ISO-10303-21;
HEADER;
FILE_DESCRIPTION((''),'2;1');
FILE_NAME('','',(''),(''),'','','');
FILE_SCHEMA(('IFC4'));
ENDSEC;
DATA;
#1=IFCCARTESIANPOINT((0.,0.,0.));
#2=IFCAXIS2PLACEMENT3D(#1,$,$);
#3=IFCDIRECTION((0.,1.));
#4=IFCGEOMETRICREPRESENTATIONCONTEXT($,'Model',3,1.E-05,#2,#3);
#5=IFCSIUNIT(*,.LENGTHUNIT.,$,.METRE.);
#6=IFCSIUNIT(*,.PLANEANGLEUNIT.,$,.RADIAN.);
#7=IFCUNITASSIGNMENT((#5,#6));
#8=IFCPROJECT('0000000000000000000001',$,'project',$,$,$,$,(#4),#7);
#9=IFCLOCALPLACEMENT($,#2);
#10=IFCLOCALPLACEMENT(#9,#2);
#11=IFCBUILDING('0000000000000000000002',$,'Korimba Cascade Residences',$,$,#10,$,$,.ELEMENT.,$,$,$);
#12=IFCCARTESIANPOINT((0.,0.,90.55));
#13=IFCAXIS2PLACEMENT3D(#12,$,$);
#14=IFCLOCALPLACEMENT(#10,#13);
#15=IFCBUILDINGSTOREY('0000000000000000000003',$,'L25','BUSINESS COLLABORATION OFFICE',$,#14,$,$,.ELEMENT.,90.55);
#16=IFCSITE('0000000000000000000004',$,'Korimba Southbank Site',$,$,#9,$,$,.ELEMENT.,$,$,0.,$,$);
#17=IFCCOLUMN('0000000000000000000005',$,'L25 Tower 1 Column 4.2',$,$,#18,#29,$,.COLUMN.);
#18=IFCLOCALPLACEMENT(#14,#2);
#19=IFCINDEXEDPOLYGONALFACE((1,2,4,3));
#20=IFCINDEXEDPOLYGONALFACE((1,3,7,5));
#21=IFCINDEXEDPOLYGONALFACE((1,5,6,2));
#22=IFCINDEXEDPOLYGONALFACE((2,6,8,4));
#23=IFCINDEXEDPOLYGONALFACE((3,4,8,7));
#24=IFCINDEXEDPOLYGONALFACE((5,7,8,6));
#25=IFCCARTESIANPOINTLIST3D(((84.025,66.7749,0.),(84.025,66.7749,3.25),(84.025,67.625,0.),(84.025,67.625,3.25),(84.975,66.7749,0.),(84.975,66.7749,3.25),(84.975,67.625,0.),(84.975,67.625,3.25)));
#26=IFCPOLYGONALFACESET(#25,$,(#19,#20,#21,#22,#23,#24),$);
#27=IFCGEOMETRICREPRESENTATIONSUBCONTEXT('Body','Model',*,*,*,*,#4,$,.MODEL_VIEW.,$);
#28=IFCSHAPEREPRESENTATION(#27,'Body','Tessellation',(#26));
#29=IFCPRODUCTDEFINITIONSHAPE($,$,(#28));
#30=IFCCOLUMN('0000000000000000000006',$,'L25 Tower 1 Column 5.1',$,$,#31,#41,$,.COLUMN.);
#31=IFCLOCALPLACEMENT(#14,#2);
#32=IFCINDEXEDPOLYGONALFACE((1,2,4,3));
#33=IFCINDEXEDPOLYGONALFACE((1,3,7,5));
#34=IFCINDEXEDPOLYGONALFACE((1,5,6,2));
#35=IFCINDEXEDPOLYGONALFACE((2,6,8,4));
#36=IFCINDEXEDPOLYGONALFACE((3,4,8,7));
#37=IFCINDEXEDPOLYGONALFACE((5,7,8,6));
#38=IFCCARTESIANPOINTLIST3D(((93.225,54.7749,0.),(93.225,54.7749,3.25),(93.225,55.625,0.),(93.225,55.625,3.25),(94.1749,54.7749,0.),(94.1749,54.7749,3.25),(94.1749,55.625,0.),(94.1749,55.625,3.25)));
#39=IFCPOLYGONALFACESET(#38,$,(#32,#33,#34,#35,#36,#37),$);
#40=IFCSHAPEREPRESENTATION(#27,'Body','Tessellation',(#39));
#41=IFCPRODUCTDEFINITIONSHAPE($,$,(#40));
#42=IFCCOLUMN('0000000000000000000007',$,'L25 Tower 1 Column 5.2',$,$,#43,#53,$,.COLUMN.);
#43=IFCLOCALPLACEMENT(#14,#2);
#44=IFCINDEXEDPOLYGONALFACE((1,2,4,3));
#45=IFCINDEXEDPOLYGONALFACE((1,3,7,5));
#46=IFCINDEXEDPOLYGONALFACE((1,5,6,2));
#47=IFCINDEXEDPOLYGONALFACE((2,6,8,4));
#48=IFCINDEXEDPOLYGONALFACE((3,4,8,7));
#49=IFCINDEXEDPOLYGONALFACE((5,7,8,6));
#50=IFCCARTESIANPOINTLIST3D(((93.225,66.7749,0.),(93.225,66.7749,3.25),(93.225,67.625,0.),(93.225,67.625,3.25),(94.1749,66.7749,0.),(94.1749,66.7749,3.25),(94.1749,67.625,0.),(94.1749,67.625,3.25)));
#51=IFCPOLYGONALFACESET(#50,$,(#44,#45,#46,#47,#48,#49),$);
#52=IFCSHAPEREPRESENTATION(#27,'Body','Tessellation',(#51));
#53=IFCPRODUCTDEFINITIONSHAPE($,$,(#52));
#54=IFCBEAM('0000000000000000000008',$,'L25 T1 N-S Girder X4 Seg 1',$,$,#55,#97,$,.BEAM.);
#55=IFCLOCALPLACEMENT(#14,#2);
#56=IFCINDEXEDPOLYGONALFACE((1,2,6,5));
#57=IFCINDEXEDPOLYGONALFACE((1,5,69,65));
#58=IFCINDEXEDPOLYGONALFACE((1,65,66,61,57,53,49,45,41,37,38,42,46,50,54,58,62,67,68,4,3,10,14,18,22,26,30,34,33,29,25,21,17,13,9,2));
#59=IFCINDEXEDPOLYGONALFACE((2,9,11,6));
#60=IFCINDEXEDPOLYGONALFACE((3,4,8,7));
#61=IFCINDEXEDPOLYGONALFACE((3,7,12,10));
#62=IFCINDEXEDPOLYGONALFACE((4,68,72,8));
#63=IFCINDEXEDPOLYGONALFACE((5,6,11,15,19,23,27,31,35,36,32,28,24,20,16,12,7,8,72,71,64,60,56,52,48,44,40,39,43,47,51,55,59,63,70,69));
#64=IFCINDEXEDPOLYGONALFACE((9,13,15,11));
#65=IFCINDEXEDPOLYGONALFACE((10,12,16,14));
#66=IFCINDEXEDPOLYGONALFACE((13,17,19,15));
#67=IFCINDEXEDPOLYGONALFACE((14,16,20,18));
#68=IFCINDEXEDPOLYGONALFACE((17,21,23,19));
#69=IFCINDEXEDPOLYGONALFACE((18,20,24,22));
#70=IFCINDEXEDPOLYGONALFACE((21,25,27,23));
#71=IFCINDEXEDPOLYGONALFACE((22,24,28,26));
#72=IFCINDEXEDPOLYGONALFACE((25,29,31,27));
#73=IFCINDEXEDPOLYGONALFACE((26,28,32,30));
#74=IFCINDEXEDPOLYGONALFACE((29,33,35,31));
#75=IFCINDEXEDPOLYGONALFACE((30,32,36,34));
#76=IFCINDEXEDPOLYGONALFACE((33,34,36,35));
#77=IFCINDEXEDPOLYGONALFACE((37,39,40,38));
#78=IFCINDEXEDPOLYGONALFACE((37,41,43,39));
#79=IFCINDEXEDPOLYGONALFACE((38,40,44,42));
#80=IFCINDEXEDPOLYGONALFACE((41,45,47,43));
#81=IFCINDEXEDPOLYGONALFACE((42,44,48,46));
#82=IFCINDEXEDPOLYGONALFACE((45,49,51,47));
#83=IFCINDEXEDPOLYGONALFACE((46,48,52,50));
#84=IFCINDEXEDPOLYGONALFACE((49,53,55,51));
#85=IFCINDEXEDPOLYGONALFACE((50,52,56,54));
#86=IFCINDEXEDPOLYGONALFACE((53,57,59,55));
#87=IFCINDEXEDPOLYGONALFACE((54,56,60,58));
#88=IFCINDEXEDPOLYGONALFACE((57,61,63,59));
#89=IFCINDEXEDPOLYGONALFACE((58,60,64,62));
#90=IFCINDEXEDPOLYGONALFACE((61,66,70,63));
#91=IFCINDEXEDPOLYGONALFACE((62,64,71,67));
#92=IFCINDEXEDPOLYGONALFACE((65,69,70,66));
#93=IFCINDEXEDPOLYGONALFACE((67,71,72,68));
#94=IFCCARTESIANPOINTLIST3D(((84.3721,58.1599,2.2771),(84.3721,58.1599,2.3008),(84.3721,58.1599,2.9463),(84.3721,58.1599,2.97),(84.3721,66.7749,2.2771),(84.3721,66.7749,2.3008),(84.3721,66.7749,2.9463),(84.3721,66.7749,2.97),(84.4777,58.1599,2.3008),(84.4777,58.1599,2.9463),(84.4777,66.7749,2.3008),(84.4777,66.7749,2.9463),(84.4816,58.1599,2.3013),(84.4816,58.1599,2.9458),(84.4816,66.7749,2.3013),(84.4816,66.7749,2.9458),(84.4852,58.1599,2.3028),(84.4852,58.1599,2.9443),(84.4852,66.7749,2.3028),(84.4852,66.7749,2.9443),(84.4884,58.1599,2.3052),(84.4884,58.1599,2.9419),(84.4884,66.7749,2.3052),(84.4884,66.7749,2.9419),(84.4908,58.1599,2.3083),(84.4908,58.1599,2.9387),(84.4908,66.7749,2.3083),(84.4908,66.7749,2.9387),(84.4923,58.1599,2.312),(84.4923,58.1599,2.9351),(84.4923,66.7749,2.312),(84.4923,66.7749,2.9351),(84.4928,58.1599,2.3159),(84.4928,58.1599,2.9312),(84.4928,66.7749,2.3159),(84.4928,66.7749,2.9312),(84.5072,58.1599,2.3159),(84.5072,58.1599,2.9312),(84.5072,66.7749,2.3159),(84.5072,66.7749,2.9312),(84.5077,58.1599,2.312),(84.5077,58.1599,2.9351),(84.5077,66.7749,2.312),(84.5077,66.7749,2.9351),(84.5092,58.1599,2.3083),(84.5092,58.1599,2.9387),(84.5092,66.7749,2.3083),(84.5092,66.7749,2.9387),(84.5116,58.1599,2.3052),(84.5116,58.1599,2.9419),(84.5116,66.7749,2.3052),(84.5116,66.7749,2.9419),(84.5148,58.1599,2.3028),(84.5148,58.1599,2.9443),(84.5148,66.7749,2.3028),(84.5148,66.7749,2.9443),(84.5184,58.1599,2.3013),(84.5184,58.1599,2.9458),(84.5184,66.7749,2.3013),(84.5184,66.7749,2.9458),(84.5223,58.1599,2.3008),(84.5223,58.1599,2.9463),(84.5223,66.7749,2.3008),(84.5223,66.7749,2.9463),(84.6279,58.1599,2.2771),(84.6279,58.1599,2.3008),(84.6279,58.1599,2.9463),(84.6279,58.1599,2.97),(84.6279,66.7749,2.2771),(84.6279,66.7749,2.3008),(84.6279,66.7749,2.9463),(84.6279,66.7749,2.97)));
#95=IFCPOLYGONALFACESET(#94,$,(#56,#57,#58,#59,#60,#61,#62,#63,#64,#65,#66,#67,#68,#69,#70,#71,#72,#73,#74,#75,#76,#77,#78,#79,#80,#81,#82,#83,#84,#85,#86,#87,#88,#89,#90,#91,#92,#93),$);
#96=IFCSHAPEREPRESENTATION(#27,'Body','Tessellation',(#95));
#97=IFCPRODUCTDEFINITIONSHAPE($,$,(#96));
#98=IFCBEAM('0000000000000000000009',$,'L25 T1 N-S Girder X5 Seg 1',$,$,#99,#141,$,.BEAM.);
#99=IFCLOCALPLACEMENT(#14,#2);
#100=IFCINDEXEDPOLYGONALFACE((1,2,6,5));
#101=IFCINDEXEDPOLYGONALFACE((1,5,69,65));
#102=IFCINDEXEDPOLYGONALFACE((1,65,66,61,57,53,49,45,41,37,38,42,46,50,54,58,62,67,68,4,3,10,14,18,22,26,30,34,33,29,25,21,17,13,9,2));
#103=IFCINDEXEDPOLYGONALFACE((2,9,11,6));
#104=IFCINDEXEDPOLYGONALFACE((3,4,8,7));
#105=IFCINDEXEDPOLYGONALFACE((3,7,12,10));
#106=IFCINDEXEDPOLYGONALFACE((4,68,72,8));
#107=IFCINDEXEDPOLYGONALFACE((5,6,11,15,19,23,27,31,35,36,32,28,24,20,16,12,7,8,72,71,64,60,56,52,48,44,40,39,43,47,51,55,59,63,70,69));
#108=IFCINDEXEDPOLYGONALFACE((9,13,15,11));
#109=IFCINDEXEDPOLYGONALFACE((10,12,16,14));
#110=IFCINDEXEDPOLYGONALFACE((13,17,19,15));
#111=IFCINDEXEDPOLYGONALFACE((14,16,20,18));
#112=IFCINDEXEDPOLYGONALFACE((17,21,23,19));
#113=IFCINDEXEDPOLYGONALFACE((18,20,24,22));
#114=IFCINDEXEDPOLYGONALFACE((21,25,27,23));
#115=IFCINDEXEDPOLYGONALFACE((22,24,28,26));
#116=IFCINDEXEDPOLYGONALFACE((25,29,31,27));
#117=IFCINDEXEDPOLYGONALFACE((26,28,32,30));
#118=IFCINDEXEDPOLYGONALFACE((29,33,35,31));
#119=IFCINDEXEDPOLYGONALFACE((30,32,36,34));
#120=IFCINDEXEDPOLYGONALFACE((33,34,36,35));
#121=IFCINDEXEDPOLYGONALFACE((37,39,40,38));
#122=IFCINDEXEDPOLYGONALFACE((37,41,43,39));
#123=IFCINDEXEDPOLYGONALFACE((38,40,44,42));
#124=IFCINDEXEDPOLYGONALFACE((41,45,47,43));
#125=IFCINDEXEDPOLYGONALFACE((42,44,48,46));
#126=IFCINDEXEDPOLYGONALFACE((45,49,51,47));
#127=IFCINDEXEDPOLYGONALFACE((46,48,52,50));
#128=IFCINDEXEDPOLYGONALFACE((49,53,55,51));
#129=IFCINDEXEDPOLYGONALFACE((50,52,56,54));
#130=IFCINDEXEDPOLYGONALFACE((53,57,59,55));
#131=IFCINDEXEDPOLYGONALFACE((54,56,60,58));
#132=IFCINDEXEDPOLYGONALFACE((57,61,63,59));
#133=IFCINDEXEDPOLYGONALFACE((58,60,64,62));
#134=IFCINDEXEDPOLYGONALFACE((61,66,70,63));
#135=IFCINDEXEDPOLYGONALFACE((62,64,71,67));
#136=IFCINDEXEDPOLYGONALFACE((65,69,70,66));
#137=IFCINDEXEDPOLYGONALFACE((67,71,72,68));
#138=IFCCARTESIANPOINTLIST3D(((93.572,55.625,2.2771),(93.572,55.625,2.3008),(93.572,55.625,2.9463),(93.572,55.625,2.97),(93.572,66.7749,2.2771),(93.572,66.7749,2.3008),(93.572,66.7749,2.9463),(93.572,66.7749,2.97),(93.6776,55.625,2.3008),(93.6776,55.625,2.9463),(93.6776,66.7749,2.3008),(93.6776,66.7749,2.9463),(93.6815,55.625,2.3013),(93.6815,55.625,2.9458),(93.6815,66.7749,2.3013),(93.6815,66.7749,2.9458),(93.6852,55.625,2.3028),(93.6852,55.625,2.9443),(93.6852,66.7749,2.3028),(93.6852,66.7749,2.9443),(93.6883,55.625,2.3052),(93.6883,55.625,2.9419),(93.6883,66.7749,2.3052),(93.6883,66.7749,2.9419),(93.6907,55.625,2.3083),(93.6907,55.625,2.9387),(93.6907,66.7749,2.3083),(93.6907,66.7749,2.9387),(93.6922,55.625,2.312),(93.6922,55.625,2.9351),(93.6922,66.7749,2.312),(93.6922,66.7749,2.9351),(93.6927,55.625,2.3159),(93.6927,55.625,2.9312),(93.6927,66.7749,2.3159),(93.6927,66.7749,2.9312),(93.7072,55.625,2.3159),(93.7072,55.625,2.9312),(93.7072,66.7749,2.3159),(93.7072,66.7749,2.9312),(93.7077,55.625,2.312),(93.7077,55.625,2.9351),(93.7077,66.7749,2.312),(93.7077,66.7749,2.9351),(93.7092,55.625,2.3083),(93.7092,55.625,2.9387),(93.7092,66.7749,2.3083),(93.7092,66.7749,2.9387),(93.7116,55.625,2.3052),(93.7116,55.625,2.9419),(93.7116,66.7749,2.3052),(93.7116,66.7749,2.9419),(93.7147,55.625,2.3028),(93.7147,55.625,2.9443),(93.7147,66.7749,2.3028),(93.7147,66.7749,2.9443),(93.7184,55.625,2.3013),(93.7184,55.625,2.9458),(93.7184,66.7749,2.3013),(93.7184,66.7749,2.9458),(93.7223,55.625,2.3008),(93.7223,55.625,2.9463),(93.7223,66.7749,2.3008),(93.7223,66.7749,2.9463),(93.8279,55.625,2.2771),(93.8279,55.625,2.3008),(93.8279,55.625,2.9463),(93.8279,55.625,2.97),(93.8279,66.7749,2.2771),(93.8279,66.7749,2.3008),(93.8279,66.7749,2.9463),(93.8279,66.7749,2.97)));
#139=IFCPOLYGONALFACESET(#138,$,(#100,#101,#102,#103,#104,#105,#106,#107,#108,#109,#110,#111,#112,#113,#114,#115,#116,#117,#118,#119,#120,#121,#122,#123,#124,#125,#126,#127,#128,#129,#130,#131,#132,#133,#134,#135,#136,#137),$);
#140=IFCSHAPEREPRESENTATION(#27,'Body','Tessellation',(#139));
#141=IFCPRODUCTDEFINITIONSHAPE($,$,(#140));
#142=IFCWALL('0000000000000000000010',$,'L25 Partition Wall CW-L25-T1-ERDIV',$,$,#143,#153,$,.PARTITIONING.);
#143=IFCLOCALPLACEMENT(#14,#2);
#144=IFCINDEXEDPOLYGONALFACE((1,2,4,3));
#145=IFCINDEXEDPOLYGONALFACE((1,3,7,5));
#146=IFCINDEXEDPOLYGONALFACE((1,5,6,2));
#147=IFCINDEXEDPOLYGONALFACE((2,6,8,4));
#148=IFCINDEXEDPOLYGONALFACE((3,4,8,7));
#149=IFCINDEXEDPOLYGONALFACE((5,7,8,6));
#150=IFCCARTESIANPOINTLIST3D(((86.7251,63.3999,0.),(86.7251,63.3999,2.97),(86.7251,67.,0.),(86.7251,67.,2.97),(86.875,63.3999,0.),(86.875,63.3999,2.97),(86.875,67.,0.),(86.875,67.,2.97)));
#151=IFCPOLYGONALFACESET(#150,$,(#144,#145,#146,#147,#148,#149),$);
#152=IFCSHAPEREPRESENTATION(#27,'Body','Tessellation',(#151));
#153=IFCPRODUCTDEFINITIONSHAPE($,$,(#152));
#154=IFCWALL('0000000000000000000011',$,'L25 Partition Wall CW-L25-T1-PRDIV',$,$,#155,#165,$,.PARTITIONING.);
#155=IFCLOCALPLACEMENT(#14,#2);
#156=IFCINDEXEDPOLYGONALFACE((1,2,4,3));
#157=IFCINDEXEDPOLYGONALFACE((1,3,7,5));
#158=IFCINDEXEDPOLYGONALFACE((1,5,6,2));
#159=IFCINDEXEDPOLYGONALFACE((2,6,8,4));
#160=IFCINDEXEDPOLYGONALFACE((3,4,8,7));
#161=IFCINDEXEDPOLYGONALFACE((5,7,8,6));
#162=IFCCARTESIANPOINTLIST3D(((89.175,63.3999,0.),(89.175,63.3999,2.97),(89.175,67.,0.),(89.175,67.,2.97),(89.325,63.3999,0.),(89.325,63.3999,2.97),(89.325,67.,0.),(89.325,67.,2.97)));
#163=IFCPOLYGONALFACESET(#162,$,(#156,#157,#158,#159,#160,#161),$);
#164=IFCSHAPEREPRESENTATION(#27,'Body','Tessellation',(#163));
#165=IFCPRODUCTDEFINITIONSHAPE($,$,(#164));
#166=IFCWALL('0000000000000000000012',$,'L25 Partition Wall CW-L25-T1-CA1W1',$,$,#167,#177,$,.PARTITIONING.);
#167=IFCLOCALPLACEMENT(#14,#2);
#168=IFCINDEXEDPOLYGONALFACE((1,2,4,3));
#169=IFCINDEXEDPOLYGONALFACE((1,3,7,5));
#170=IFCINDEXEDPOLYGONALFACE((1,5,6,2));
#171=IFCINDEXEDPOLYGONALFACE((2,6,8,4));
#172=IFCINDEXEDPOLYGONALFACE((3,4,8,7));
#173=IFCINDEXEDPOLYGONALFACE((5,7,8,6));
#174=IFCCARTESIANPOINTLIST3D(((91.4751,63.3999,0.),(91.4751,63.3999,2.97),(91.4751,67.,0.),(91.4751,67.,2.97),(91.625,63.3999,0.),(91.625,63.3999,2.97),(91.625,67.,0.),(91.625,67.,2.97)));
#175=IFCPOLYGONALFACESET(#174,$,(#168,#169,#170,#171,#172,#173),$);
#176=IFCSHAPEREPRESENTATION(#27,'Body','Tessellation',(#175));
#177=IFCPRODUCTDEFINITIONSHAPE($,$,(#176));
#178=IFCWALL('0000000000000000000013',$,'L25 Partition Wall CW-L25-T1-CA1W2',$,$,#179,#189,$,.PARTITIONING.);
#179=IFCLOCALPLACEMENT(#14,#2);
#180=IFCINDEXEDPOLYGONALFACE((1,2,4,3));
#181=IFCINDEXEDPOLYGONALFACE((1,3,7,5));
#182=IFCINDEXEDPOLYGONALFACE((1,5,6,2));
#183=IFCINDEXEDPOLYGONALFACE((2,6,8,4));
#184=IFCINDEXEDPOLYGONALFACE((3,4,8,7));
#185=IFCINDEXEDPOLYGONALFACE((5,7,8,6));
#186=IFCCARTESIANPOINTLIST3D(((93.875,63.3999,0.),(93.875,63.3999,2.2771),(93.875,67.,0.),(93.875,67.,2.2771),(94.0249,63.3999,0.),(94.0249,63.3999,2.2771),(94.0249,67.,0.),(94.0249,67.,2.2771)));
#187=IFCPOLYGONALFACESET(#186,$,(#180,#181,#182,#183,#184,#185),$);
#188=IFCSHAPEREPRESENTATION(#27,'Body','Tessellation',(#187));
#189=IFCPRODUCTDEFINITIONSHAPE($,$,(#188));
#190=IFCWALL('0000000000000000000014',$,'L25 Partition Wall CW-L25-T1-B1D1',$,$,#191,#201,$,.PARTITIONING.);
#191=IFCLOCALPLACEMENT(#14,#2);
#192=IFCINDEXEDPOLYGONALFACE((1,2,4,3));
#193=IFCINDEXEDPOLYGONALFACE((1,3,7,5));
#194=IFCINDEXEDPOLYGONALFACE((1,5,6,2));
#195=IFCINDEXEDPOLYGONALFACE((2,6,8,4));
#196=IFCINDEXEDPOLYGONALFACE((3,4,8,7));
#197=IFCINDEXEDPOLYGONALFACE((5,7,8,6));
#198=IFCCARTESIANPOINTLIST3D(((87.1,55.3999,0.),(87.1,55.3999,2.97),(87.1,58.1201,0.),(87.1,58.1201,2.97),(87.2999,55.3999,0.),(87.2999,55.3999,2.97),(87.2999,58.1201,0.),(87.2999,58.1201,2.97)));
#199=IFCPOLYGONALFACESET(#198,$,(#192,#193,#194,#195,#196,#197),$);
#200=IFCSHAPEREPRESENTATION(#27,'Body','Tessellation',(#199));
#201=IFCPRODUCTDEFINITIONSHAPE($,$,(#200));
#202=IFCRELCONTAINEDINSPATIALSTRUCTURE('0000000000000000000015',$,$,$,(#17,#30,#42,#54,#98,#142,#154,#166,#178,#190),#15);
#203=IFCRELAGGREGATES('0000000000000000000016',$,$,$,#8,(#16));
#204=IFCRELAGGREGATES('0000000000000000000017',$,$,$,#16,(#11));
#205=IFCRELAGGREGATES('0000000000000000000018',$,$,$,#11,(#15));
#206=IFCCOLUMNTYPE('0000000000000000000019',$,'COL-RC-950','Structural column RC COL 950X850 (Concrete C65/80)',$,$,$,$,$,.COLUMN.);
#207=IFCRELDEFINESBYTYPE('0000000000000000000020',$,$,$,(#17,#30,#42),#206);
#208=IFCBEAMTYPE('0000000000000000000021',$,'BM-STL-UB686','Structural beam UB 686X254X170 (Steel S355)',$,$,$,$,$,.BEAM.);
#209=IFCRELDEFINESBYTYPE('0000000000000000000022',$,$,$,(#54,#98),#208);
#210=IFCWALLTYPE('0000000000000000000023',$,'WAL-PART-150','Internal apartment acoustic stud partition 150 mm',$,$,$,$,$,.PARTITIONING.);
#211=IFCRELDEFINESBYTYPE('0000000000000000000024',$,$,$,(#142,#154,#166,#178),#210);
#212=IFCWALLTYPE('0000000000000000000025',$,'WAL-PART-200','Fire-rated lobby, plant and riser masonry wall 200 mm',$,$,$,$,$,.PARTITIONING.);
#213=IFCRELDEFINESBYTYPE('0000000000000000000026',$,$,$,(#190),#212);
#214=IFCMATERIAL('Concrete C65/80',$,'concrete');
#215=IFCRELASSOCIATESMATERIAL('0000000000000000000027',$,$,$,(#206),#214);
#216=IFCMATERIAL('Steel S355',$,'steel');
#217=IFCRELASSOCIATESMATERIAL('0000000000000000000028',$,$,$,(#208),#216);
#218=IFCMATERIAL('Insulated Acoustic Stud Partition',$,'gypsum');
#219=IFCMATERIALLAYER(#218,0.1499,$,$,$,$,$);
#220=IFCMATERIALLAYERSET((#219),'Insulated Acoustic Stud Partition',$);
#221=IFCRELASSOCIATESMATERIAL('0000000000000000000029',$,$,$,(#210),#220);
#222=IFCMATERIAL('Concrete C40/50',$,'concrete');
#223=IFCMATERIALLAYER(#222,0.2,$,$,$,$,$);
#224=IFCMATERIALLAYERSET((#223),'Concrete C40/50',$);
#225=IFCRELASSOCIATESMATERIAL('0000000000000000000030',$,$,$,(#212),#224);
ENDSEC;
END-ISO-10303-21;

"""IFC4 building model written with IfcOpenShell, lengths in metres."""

from ifc_helpers import new_model, si_unit, direction, frame, frame_2d, origin, origin_2d, place, context, subcontext, project, spatial, rectangle, i_section, extrude, material, layer, layer_set, material_profile, profile_set, type_object, element, save


model = new_model("IFC4")

# Units and contexts
model_context = context("Model", 3, precision=1e-05, world=origin(), true_north=direction((0.0, 1.0)))
body_context = subcontext(model_context, "Body", "Model", "MODEL_VIEW")
ifc_project = project(units=[si_unit("LENGTHUNIT", "METRE"), si_unit("PLANEANGLEUNIT", "RADIAN")], contexts=[model_context])

# Site, building, storey
site_placement = place(None, origin())
site = spatial("IfcSite", under=ifc_project, at=site_placement, Name="Korimba Southbank Site", CompositionType="ELEMENT", RefElevation=0.0)
building_placement = place(site_placement, origin())
building = spatial("IfcBuilding", under=site, at=building_placement, Name="Korimba Cascade Residences", CompositionType="ELEMENT")
storey_placement = place(building_placement, frame((0.0, 0.0, 90.55)))
storey = spatial("IfcBuildingStorey", under=building, at=storey_placement, Name="L25", Description="BUSINESS COLLABORATION OFFICE", CompositionType="ELEMENT", Elevation=90.55)

# Columns
ifc_material_1 = material(Name="Concrete C65/80", Category="concrete")
ifc_material_profile_1 = material_profile(ifc_material_1, rectangle(XDim=0.95, YDim=0.8501, at=origin_2d()), Name="Concrete C65/80")
ifc_profile_set_1 = profile_set([ifc_material_profile_1], Name="Concrete C65/80")
column_type = type_object("IfcColumnType", Name="COL-RC-950", Description="Structural column RC COL 950X850 (Concrete C65/80)", PredefinedType="COLUMN", material=ifc_profile_set_1)
for number, where, z_axis, x_axis, name in (
    (1, (84.5, 67.2, 0.0), (0.0, 0.0, 1.0), (1.0, 0.0, 0.0), "L25 Tower 1 Column 4.2"),
    (2, (93.7, 55.2, 0.0), (0.0, 0.0, 1.0), (1.0, 0.0, 0.0), "L25 Tower 1 Column 5.1"),
    (3, (93.7, 67.2, 0.0), (0.0, 0.0, 1.0), (1.0, 0.0, 0.0), "L25 Tower 1 Column 5.2"),
):
    element("IfcColumn", number, at=place(storey_placement, frame(where, z_axis=z_axis, x_axis=x_axis)), inside=storey, type_object=column_type, Name=name, PredefinedType="COLUMN", context=body_context, shape_type="SweptSolid", body=[
        extrude(rectangle(XDim=0.95, YDim=0.8501, at=origin_2d()), origin(), (0.0, 0.0, 1.0), 3.25),
    ])

# Beams
ifc_material_2 = material(Name="Steel S355", Category="steel")
ifc_material_profile_2 = material_profile(ifc_material_2, i_section(OverallWidth=0.2559, OverallDepth=0.6929, WebThickness=0.0144, FlangeThickness=0.0237, FilletRadius=0.0151, at=origin_2d()), Name="Steel S355")
ifc_profile_set_2 = profile_set([ifc_material_profile_2], Name="Steel S355")
beam_type = type_object("IfcBeamType", Name="BM-STL-UB686", Description="Structural beam UB 686X254X170 (Steel S355)", PredefinedType="BEAM", material=ifc_profile_set_2)
beam_1_placement = place(storey_placement, frame((84.5, 58.1599, 2.6235), z_axis=(0.0, 1.0, 0.0), x_axis=(-1.0, 0.0, 0.0)))
element("IfcBeam", 4, at=beam_1_placement, inside=storey, type_object=beam_type, Name="L25 T1 N-S Girder X4 Seg 1", PredefinedType="BEAM", context=body_context, shape_type="SweptSolid", body=[
    extrude(i_section(OverallWidth=0.2559, OverallDepth=0.6929, WebThickness=0.0144, FlangeThickness=0.0237, FilletRadius=0.0151, at=origin_2d()), origin(), (0.0, 0.0, 1.0), 8.615),
])
beam_2_placement = place(storey_placement, frame((93.7, 55.625, 2.6235), z_axis=(0.0, 1.0, 0.0), x_axis=(-1.0, 0.0, 0.0)))
element("IfcBeam", 5, at=beam_2_placement, inside=storey, type_object=beam_type, Name="L25 T1 N-S Girder X5 Seg 1", PredefinedType="BEAM", context=body_context, shape_type="SweptSolid", body=[
    extrude(i_section(OverallWidth=0.2559, OverallDepth=0.6929, WebThickness=0.0144, FlangeThickness=0.0237, FilletRadius=0.0151, at=origin_2d()), origin(), (0.0, 0.0, 1.0), 11.1499),
])

# Walls
ifc_material_3 = material(Name="Insulated Acoustic Stud Partition", Category="gypsum")
ifc_layer_1 = layer(ifc_material_3, 0.1499)
ifc_layer_set_1 = layer_set([ifc_layer_1], Name="Insulated Acoustic Stud Partition")
wall_type_1 = type_object("IfcWallType", Name="WAL-PART-150", Description="Internal apartment acoustic stud partition 150 mm", PredefinedType="PARTITIONING", material=ifc_layer_set_1)
for number, where, z_axis, x_axis, name in (
    (6, (86.8, 63.3999, 0.0), (0.0, 0.0, 1.0), (0.0, 1.0, 0.0), "L25 Partition Wall CW-L25-T1-ERDIV"),
    (7, (89.25, 63.3999, 0.0), (0.0, 0.0, 1.0), (0.0, 1.0, 0.0), "L25 Partition Wall CW-L25-T1-PRDIV"),
    (8, (91.55, 63.3999, 0.0), (0.0, 0.0, 1.0), (0.0, 1.0, 0.0), "L25 Partition Wall CW-L25-T1-CA1W1"),
):
    element("IfcWall", number, at=place(storey_placement, frame(where, z_axis=z_axis, x_axis=x_axis)), inside=storey, type_object=wall_type_1, Name=name, PredefinedType="PARTITIONING", context=body_context, shape_type="SweptSolid", body=[
        extrude(rectangle(XDim=3.6001, YDim=0.1499, at=frame_2d((1.8, 0.0))), origin(), (0.0, 0.0, 1.0), 2.97),
    ])
wall_1_placement = place(storey_placement, frame((93.95, 63.3999, 0.0), z_axis=(0.0, 0.0, 1.0), x_axis=(0.0, 1.0, 0.0)))
element("IfcWall", 9, at=wall_1_placement, inside=storey, type_object=wall_type_1, Name="L25 Partition Wall CW-L25-T1-CA1W2", PredefinedType="PARTITIONING", context=body_context, shape_type="SweptSolid", body=[
    extrude(rectangle(XDim=3.6001, YDim=0.1499, at=frame_2d((1.8, 0.0))), origin(), (0.0, 0.0, 1.0), 2.2771),
])
ifc_material_4 = material(Name="Concrete C40/50", Category="concrete")
ifc_layer_2 = layer(ifc_material_4, 0.2)
ifc_layer_set_2 = layer_set([ifc_layer_2], Name="Concrete C40/50")
wall_type_2 = type_object("IfcWallType", Name="WAL-PART-200", Description="Fire-rated lobby, plant and riser masonry wall 200 mm", PredefinedType="PARTITIONING", material=ifc_layer_set_2)
for number, where, z_axis, x_axis, name in (
    (10, (87.2, 55.3999, 0.0), (0.0, 0.0, 1.0), (0.0, 1.0, 0.0), "L25 Partition Wall CW-L25-T1-B1D1"),
):
    element("IfcWall", number, at=place(storey_placement, frame(where, z_axis=z_axis, x_axis=x_axis)), inside=storey, type_object=wall_type_2, Name=name, PredefinedType="PARTITIONING", context=body_context, shape_type="SweptSolid", body=[
        extrude(rectangle(XDim=2.7202, YDim=0.2, at=frame_2d((1.3601, 0.0))), origin(), (0.0, 0.0, 1.0), 2.97),
    ])

save(model, "model.ifc")
